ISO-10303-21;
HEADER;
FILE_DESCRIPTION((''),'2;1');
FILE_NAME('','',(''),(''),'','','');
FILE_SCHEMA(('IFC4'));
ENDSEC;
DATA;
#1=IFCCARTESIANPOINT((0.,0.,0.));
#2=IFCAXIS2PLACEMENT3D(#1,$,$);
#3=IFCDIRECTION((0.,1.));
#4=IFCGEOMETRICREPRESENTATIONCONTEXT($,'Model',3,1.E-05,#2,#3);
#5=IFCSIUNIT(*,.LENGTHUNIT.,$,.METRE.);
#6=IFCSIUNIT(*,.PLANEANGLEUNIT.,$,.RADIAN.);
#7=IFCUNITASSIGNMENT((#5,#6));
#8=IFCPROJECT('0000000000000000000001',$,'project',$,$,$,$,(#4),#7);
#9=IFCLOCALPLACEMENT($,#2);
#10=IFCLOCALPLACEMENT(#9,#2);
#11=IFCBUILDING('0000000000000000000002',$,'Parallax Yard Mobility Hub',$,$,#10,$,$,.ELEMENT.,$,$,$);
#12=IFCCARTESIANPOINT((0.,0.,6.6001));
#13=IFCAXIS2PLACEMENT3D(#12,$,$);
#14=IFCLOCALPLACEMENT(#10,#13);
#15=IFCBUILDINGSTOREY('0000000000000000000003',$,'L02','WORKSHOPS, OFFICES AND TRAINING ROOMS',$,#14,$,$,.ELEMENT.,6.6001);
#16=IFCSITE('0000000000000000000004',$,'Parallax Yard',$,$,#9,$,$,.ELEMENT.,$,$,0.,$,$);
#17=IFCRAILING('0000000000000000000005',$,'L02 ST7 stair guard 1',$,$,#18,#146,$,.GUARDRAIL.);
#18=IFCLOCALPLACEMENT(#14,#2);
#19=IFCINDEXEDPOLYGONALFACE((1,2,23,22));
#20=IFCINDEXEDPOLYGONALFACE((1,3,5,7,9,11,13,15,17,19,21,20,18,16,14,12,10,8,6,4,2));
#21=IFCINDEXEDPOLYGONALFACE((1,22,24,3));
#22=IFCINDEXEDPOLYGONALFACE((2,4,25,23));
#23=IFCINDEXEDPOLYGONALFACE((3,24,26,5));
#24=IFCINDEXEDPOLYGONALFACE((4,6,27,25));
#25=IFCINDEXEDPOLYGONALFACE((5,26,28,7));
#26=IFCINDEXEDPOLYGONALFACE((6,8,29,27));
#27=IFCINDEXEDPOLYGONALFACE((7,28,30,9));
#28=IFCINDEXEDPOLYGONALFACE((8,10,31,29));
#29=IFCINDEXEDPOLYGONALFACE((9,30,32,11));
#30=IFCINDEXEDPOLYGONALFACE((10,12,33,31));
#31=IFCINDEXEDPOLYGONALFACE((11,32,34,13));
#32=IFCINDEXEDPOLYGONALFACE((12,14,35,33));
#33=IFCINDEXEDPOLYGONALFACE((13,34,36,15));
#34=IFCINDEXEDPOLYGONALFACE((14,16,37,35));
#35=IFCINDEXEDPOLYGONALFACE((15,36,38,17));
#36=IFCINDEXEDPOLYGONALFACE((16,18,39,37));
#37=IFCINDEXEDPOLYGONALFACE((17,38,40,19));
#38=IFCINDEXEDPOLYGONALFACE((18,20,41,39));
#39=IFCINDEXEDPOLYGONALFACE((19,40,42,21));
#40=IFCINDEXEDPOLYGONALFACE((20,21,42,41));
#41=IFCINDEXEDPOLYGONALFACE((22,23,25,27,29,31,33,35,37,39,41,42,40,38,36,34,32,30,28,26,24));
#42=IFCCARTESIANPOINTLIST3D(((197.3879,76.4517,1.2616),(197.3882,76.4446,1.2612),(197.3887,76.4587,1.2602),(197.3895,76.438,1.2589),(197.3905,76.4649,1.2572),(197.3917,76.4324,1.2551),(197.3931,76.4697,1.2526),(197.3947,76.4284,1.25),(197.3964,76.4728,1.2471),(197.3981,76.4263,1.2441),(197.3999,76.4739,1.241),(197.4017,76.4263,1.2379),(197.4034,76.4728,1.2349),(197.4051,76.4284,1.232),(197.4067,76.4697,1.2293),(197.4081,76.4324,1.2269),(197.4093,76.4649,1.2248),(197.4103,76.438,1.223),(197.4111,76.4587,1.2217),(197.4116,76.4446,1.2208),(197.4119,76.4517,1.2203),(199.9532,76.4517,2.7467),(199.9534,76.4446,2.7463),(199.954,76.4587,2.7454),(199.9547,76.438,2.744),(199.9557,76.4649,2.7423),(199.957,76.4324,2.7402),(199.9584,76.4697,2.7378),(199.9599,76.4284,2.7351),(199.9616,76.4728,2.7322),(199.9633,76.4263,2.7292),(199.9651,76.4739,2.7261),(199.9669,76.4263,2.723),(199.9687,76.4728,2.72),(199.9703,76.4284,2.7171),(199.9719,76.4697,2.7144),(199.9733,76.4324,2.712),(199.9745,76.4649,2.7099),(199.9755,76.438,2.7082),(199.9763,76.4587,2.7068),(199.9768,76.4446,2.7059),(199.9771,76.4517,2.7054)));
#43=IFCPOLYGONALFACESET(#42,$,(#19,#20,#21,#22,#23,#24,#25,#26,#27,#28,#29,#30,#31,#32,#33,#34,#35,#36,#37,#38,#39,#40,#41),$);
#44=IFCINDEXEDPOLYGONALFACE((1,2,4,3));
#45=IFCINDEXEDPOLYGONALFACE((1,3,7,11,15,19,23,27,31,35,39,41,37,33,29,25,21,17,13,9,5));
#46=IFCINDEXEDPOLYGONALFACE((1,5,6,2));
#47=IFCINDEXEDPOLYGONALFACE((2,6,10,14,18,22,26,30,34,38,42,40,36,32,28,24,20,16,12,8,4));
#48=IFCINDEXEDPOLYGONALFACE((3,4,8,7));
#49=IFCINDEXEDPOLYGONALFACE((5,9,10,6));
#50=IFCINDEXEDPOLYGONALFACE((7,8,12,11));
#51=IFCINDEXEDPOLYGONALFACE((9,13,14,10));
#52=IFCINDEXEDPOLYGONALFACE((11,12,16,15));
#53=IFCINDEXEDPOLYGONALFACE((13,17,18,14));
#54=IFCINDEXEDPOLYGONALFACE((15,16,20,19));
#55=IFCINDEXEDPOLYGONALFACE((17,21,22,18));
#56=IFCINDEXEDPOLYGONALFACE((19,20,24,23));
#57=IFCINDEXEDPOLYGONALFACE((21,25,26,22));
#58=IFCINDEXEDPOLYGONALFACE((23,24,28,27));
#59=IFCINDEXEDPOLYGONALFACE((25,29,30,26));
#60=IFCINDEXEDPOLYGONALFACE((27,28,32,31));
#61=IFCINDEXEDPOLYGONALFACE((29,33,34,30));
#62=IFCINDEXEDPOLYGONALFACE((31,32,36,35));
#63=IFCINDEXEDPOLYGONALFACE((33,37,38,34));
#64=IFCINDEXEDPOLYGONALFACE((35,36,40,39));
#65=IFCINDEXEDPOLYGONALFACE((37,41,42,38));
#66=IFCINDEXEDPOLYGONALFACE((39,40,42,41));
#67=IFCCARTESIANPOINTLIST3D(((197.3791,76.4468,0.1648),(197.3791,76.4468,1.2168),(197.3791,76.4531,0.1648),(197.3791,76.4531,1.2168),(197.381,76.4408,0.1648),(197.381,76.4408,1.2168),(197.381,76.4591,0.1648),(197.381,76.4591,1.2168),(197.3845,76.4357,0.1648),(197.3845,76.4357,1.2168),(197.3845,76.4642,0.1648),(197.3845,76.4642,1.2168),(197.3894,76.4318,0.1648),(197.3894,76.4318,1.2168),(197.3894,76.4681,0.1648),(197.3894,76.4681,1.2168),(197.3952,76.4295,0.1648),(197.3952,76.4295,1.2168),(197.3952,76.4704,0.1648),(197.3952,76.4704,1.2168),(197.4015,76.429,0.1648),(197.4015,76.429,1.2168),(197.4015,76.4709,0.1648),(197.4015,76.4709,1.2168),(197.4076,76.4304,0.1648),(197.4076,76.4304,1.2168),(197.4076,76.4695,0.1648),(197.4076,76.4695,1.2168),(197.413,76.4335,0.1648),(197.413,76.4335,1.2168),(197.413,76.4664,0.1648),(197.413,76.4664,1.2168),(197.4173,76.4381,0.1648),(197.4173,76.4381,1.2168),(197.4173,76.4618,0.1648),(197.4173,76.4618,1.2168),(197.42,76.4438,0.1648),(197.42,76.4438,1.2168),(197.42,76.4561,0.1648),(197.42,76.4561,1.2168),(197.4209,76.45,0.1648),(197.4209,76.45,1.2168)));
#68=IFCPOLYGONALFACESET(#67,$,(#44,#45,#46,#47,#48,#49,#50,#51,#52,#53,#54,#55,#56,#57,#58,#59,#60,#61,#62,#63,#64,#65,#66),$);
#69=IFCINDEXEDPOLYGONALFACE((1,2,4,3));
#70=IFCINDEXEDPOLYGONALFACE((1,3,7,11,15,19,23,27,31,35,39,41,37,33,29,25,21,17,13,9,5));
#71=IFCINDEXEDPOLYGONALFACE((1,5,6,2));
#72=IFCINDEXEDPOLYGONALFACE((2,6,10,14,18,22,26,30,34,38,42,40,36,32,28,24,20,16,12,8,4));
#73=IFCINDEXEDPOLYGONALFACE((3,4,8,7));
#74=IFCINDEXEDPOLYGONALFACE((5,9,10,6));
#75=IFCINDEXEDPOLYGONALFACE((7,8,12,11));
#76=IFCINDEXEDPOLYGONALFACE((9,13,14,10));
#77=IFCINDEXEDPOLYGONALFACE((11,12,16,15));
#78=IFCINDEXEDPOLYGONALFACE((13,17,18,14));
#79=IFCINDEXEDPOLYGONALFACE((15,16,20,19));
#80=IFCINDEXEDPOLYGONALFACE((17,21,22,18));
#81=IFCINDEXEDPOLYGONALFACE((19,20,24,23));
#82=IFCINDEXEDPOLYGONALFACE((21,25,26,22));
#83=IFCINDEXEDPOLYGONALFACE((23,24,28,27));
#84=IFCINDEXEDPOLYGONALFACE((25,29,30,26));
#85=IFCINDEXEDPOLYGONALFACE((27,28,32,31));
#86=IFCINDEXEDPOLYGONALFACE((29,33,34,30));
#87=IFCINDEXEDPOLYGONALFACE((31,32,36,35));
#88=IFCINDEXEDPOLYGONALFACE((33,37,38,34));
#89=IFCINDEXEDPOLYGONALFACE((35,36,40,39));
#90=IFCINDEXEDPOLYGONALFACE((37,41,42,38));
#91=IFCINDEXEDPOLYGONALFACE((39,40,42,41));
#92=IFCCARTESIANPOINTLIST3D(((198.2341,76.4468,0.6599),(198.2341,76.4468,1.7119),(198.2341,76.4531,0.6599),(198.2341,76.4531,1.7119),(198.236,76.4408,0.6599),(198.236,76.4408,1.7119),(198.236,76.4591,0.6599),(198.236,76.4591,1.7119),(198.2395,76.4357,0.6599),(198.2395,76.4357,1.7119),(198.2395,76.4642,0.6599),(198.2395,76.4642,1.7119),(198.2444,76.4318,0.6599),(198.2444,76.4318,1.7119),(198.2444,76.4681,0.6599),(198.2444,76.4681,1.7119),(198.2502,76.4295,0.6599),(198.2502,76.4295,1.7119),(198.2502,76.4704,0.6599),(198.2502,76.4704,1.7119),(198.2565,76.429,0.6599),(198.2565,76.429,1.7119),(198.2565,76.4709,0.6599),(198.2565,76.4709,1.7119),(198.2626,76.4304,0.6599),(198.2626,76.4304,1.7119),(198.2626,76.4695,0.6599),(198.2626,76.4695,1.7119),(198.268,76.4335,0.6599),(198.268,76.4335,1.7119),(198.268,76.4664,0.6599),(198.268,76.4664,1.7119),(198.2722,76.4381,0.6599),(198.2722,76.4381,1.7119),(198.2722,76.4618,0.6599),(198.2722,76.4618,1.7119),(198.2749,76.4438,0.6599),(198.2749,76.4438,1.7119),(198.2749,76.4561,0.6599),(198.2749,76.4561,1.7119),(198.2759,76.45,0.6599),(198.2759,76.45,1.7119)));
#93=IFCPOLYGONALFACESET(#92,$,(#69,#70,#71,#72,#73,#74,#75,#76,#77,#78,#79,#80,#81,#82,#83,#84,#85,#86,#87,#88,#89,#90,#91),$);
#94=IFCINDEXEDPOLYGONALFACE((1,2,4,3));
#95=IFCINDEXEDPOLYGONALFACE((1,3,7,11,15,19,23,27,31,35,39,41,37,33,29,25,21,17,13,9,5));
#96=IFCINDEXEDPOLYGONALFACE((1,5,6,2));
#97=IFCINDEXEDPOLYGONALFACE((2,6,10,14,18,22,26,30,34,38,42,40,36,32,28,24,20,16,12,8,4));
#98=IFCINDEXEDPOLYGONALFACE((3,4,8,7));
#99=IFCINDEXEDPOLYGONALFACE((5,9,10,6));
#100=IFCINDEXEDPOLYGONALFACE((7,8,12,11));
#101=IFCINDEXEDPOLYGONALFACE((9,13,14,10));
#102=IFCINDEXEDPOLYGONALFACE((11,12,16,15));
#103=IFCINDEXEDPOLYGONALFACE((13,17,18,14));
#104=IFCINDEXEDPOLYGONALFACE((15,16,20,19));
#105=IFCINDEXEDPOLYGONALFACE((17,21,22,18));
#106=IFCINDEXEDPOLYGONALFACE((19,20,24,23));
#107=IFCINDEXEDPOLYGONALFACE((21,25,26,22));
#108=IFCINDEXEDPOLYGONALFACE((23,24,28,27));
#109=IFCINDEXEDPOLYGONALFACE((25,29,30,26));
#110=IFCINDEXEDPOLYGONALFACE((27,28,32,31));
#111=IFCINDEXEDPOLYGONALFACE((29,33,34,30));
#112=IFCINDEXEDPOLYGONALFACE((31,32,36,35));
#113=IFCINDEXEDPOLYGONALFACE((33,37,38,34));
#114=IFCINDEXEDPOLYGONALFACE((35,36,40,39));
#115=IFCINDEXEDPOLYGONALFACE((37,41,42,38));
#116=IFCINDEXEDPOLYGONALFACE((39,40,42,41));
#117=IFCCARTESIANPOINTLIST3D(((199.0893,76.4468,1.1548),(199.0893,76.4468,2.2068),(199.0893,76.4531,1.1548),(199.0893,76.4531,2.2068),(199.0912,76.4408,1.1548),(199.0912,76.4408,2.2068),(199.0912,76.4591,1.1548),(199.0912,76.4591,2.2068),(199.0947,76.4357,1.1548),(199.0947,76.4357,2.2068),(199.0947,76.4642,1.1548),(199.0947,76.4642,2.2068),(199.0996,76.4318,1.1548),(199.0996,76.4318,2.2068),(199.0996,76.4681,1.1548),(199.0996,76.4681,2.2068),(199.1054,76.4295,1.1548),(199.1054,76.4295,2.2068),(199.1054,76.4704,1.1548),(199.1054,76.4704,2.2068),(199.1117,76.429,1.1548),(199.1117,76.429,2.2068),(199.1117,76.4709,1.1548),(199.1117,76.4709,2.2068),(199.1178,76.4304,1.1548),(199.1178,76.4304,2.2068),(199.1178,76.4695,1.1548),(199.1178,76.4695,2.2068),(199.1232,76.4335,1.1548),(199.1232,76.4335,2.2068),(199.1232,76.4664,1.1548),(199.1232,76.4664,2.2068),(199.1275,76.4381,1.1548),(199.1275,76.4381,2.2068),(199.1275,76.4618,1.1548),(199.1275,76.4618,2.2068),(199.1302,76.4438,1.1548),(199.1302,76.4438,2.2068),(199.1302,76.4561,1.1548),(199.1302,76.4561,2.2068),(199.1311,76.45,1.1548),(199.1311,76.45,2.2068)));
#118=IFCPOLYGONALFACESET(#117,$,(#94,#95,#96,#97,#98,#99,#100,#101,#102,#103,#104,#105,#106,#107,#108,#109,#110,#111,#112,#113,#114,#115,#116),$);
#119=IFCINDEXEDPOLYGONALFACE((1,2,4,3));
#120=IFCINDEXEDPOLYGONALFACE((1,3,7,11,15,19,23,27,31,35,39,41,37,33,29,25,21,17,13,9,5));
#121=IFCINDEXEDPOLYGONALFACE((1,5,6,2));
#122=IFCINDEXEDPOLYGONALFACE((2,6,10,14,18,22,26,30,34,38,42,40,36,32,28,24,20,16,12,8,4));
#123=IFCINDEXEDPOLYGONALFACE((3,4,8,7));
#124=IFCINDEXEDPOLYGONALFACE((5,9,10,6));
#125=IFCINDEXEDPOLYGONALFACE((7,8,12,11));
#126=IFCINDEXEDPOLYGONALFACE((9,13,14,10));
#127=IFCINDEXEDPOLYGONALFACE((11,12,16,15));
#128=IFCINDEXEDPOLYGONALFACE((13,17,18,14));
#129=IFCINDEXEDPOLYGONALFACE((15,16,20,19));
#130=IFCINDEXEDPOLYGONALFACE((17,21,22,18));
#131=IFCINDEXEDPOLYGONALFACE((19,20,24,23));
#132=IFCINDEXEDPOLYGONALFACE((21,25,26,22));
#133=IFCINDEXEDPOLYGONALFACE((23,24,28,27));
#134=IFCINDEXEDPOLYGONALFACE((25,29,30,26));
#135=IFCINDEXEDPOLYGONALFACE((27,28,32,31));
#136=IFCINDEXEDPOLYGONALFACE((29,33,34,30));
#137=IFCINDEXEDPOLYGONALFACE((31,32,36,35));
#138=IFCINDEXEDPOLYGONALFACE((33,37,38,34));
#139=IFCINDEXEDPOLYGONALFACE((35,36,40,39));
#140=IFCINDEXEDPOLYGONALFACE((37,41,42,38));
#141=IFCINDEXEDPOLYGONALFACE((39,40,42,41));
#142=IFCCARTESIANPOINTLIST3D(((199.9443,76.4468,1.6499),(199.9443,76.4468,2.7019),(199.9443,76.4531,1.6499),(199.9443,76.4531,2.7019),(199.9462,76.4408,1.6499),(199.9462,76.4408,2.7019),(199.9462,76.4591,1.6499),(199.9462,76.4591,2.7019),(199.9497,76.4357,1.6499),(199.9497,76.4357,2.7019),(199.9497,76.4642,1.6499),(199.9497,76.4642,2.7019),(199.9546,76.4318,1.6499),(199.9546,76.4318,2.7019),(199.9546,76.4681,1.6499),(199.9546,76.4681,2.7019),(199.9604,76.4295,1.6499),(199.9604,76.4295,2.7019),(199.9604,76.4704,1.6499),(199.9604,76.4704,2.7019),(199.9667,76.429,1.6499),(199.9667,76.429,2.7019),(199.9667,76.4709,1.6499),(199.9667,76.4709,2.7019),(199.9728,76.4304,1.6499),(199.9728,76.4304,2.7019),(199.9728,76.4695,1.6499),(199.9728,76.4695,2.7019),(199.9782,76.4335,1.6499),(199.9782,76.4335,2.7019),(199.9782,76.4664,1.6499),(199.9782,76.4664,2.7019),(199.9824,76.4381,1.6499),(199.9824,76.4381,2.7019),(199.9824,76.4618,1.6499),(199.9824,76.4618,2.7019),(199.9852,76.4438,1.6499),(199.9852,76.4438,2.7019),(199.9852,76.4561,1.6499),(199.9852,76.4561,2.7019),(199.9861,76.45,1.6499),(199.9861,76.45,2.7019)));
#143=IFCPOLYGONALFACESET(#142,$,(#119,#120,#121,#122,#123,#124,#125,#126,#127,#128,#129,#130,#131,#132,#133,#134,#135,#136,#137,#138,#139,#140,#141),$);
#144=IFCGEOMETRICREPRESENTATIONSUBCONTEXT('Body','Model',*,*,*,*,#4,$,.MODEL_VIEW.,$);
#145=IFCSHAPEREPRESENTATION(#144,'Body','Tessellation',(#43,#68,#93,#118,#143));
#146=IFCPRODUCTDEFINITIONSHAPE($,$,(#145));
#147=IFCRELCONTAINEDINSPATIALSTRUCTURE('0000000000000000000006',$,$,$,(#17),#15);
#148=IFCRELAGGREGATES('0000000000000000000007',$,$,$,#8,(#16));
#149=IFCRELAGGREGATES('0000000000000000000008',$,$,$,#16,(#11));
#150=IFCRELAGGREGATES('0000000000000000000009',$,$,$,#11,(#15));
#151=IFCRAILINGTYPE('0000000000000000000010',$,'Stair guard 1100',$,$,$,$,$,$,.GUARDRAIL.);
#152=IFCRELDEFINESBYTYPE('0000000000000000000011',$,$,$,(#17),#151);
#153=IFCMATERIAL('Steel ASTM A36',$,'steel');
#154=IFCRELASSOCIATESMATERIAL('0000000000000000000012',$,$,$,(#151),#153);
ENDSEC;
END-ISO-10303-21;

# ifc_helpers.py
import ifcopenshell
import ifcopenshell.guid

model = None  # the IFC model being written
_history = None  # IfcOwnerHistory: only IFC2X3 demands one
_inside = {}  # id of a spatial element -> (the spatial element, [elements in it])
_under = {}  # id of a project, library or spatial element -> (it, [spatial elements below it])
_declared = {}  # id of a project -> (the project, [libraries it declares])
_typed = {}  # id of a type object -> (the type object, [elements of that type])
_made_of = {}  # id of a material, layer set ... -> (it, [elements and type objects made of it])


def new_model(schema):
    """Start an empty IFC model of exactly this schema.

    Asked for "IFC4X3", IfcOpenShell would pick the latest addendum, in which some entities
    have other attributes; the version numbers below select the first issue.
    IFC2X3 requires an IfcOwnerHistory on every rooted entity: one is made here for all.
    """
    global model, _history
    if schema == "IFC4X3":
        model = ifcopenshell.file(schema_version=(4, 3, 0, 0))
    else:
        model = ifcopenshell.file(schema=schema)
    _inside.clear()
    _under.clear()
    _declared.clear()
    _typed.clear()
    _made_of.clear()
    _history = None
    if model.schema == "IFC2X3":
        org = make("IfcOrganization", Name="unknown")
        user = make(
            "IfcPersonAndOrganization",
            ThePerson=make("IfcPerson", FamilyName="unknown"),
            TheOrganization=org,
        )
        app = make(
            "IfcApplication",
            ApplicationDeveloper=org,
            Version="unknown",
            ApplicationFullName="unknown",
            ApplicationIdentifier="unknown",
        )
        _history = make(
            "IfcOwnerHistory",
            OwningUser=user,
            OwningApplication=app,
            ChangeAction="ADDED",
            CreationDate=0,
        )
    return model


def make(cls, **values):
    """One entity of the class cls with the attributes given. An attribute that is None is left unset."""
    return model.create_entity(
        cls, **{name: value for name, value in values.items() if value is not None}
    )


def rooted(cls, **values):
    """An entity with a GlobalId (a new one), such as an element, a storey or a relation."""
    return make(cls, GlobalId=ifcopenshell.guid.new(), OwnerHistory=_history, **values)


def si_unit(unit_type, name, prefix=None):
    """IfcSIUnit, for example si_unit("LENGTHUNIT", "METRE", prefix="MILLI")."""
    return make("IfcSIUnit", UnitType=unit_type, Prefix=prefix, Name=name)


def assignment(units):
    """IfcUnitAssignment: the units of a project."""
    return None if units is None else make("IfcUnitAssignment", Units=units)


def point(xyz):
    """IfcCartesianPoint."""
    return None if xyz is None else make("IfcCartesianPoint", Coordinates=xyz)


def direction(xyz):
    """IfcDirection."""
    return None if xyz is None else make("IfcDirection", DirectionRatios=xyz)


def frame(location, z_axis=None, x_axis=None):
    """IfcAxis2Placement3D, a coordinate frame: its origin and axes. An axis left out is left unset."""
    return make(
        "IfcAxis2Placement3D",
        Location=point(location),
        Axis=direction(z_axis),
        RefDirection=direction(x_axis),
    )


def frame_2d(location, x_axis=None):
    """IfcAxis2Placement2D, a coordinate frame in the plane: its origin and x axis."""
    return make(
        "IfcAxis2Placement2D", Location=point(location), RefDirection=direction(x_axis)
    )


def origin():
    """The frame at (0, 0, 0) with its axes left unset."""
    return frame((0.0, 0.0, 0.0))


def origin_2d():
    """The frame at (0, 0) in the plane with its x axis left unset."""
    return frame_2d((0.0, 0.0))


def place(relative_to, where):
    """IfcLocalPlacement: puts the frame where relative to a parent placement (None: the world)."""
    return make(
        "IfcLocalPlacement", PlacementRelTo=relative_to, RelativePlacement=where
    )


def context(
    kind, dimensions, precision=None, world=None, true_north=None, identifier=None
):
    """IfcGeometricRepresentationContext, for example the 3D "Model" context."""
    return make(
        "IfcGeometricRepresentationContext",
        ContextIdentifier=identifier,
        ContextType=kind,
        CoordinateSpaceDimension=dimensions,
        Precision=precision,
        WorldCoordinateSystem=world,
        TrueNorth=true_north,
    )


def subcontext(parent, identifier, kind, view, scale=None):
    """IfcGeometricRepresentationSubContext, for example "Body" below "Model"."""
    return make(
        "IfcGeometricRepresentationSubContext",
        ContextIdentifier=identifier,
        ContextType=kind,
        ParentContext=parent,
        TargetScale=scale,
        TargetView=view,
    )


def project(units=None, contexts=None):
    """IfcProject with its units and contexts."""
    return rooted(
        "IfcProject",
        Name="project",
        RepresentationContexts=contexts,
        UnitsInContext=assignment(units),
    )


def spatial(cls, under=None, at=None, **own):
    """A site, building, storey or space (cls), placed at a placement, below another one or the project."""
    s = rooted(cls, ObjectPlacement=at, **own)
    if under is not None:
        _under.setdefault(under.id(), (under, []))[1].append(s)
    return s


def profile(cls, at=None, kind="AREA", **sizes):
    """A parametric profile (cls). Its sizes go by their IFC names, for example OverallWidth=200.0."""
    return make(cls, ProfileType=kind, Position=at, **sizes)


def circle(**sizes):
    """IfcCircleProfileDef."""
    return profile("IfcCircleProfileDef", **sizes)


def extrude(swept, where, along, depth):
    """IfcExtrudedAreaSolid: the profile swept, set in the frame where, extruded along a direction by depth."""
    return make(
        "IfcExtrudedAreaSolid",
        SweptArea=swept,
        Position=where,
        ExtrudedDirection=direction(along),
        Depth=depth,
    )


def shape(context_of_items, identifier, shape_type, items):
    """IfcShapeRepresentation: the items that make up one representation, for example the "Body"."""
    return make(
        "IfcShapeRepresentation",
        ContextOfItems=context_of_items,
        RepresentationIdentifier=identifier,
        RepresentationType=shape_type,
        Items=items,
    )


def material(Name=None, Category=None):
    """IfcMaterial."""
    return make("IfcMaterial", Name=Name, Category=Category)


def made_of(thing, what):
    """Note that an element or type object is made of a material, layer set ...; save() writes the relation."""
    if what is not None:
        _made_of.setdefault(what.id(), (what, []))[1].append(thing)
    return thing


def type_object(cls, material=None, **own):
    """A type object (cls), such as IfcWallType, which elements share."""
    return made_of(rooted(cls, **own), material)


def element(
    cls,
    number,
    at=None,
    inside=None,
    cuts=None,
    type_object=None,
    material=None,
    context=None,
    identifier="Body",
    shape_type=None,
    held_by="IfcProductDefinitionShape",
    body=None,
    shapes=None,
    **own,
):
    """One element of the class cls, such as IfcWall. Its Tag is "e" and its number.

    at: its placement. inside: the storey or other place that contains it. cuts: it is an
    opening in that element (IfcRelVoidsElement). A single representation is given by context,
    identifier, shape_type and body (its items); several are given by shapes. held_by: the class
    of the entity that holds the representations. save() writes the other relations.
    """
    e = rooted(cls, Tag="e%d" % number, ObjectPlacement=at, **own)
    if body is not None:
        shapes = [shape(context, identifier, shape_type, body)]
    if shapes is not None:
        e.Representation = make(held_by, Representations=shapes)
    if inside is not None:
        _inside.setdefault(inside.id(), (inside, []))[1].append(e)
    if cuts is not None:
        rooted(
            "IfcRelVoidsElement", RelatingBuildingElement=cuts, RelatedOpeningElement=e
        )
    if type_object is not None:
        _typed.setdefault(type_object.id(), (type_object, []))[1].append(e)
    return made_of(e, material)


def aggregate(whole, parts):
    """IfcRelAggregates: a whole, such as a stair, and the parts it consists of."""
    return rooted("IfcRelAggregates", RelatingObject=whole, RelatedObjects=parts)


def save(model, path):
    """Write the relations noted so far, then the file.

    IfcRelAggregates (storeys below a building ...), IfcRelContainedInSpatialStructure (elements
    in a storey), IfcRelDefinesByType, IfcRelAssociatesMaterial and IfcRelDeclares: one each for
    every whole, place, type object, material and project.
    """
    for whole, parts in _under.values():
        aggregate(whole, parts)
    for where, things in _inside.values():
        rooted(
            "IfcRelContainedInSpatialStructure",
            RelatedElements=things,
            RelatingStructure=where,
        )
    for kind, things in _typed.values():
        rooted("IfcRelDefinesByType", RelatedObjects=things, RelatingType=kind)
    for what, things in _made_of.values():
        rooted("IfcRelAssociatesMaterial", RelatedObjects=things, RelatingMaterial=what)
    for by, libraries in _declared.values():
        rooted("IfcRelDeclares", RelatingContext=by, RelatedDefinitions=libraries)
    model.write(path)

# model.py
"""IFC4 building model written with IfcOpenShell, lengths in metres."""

from ifc_helpers import new_model, si_unit, direction, frame, origin, origin_2d, place, context, subcontext, project, spatial, circle, extrude, material, type_object, element, save


model = new_model("IFC4")

# Units and contexts
model_context = context("Model", 3, precision=1e-05, world=origin(), true_north=direction((0.0, 1.0)))
body_context = subcontext(model_context, "Body", "Model", "MODEL_VIEW")
ifc_project = project(units=[si_unit("LENGTHUNIT", "METRE"), si_unit("PLANEANGLEUNIT", "RADIAN")], contexts=[model_context])

# Site, building, storey
site_placement = place(None, origin())
site = spatial("IfcSite", under=ifc_project, at=site_placement, Name="Parallax Yard", CompositionType="ELEMENT", RefElevation=0.0)
building_placement = place(site_placement, origin())
building = spatial("IfcBuilding", under=site, at=building_placement, Name="Parallax Yard Mobility Hub", CompositionType="ELEMENT")
storey_placement = place(building_placement, frame((0.0, 0.0, 6.6001)))
storey = spatial("IfcBuildingStorey", under=building, at=storey_placement, Name="L02", Description="WORKSHOPS, OFFICES AND TRAINING ROOMS", CompositionType="ELEMENT", Elevation=6.6001)

# Railing
ifc_material_1 = material(Name="Steel ASTM A36", Category="steel")
railing_type = type_object("IfcRailingType", Name="Stair guard 1100", PredefinedType="GUARDRAIL", material=ifc_material_1)
railing_1_placement = place(storey_placement, frame((197.3999, 76.45, 0.1648)))
element("IfcRailing", 1, at=railing_1_placement, inside=storey, type_object=railing_type, Name="L02 ST7 stair guard 1", PredefinedType="GUARDRAIL", context=body_context, shape_type="SweptSolid", body=[
    extrude(circle(Radius=0.0239, at=origin_2d()), frame((0.0, 0.0, 1.0762), z_axis=(0.865426, 0.0, 0.501036), x_axis=(0.0, 1.0, 0.0)), (0.0, 0.0, 1.0), 2.9641),
    extrude(circle(Radius=0.021, at=origin_2d()), origin(), (0.0, 0.0, 1.0), 1.052),
    extrude(circle(Radius=0.021, at=origin_2d()), frame((0.855, 0.0, 0.4951)), (0.0, 0.0, 1.0), 1.052),
    extrude(circle(Radius=0.021, at=origin_2d()), frame((1.7102, 0.0, 0.99)), (0.0, 0.0, 1.0), 1.052),
    extrude(circle(Radius=0.021, at=origin_2d()), frame((2.5652, 0.0, 1.4851)), (0.0, 0.0, 1.0), 1.052),
])

save(model, "model.ifc")
